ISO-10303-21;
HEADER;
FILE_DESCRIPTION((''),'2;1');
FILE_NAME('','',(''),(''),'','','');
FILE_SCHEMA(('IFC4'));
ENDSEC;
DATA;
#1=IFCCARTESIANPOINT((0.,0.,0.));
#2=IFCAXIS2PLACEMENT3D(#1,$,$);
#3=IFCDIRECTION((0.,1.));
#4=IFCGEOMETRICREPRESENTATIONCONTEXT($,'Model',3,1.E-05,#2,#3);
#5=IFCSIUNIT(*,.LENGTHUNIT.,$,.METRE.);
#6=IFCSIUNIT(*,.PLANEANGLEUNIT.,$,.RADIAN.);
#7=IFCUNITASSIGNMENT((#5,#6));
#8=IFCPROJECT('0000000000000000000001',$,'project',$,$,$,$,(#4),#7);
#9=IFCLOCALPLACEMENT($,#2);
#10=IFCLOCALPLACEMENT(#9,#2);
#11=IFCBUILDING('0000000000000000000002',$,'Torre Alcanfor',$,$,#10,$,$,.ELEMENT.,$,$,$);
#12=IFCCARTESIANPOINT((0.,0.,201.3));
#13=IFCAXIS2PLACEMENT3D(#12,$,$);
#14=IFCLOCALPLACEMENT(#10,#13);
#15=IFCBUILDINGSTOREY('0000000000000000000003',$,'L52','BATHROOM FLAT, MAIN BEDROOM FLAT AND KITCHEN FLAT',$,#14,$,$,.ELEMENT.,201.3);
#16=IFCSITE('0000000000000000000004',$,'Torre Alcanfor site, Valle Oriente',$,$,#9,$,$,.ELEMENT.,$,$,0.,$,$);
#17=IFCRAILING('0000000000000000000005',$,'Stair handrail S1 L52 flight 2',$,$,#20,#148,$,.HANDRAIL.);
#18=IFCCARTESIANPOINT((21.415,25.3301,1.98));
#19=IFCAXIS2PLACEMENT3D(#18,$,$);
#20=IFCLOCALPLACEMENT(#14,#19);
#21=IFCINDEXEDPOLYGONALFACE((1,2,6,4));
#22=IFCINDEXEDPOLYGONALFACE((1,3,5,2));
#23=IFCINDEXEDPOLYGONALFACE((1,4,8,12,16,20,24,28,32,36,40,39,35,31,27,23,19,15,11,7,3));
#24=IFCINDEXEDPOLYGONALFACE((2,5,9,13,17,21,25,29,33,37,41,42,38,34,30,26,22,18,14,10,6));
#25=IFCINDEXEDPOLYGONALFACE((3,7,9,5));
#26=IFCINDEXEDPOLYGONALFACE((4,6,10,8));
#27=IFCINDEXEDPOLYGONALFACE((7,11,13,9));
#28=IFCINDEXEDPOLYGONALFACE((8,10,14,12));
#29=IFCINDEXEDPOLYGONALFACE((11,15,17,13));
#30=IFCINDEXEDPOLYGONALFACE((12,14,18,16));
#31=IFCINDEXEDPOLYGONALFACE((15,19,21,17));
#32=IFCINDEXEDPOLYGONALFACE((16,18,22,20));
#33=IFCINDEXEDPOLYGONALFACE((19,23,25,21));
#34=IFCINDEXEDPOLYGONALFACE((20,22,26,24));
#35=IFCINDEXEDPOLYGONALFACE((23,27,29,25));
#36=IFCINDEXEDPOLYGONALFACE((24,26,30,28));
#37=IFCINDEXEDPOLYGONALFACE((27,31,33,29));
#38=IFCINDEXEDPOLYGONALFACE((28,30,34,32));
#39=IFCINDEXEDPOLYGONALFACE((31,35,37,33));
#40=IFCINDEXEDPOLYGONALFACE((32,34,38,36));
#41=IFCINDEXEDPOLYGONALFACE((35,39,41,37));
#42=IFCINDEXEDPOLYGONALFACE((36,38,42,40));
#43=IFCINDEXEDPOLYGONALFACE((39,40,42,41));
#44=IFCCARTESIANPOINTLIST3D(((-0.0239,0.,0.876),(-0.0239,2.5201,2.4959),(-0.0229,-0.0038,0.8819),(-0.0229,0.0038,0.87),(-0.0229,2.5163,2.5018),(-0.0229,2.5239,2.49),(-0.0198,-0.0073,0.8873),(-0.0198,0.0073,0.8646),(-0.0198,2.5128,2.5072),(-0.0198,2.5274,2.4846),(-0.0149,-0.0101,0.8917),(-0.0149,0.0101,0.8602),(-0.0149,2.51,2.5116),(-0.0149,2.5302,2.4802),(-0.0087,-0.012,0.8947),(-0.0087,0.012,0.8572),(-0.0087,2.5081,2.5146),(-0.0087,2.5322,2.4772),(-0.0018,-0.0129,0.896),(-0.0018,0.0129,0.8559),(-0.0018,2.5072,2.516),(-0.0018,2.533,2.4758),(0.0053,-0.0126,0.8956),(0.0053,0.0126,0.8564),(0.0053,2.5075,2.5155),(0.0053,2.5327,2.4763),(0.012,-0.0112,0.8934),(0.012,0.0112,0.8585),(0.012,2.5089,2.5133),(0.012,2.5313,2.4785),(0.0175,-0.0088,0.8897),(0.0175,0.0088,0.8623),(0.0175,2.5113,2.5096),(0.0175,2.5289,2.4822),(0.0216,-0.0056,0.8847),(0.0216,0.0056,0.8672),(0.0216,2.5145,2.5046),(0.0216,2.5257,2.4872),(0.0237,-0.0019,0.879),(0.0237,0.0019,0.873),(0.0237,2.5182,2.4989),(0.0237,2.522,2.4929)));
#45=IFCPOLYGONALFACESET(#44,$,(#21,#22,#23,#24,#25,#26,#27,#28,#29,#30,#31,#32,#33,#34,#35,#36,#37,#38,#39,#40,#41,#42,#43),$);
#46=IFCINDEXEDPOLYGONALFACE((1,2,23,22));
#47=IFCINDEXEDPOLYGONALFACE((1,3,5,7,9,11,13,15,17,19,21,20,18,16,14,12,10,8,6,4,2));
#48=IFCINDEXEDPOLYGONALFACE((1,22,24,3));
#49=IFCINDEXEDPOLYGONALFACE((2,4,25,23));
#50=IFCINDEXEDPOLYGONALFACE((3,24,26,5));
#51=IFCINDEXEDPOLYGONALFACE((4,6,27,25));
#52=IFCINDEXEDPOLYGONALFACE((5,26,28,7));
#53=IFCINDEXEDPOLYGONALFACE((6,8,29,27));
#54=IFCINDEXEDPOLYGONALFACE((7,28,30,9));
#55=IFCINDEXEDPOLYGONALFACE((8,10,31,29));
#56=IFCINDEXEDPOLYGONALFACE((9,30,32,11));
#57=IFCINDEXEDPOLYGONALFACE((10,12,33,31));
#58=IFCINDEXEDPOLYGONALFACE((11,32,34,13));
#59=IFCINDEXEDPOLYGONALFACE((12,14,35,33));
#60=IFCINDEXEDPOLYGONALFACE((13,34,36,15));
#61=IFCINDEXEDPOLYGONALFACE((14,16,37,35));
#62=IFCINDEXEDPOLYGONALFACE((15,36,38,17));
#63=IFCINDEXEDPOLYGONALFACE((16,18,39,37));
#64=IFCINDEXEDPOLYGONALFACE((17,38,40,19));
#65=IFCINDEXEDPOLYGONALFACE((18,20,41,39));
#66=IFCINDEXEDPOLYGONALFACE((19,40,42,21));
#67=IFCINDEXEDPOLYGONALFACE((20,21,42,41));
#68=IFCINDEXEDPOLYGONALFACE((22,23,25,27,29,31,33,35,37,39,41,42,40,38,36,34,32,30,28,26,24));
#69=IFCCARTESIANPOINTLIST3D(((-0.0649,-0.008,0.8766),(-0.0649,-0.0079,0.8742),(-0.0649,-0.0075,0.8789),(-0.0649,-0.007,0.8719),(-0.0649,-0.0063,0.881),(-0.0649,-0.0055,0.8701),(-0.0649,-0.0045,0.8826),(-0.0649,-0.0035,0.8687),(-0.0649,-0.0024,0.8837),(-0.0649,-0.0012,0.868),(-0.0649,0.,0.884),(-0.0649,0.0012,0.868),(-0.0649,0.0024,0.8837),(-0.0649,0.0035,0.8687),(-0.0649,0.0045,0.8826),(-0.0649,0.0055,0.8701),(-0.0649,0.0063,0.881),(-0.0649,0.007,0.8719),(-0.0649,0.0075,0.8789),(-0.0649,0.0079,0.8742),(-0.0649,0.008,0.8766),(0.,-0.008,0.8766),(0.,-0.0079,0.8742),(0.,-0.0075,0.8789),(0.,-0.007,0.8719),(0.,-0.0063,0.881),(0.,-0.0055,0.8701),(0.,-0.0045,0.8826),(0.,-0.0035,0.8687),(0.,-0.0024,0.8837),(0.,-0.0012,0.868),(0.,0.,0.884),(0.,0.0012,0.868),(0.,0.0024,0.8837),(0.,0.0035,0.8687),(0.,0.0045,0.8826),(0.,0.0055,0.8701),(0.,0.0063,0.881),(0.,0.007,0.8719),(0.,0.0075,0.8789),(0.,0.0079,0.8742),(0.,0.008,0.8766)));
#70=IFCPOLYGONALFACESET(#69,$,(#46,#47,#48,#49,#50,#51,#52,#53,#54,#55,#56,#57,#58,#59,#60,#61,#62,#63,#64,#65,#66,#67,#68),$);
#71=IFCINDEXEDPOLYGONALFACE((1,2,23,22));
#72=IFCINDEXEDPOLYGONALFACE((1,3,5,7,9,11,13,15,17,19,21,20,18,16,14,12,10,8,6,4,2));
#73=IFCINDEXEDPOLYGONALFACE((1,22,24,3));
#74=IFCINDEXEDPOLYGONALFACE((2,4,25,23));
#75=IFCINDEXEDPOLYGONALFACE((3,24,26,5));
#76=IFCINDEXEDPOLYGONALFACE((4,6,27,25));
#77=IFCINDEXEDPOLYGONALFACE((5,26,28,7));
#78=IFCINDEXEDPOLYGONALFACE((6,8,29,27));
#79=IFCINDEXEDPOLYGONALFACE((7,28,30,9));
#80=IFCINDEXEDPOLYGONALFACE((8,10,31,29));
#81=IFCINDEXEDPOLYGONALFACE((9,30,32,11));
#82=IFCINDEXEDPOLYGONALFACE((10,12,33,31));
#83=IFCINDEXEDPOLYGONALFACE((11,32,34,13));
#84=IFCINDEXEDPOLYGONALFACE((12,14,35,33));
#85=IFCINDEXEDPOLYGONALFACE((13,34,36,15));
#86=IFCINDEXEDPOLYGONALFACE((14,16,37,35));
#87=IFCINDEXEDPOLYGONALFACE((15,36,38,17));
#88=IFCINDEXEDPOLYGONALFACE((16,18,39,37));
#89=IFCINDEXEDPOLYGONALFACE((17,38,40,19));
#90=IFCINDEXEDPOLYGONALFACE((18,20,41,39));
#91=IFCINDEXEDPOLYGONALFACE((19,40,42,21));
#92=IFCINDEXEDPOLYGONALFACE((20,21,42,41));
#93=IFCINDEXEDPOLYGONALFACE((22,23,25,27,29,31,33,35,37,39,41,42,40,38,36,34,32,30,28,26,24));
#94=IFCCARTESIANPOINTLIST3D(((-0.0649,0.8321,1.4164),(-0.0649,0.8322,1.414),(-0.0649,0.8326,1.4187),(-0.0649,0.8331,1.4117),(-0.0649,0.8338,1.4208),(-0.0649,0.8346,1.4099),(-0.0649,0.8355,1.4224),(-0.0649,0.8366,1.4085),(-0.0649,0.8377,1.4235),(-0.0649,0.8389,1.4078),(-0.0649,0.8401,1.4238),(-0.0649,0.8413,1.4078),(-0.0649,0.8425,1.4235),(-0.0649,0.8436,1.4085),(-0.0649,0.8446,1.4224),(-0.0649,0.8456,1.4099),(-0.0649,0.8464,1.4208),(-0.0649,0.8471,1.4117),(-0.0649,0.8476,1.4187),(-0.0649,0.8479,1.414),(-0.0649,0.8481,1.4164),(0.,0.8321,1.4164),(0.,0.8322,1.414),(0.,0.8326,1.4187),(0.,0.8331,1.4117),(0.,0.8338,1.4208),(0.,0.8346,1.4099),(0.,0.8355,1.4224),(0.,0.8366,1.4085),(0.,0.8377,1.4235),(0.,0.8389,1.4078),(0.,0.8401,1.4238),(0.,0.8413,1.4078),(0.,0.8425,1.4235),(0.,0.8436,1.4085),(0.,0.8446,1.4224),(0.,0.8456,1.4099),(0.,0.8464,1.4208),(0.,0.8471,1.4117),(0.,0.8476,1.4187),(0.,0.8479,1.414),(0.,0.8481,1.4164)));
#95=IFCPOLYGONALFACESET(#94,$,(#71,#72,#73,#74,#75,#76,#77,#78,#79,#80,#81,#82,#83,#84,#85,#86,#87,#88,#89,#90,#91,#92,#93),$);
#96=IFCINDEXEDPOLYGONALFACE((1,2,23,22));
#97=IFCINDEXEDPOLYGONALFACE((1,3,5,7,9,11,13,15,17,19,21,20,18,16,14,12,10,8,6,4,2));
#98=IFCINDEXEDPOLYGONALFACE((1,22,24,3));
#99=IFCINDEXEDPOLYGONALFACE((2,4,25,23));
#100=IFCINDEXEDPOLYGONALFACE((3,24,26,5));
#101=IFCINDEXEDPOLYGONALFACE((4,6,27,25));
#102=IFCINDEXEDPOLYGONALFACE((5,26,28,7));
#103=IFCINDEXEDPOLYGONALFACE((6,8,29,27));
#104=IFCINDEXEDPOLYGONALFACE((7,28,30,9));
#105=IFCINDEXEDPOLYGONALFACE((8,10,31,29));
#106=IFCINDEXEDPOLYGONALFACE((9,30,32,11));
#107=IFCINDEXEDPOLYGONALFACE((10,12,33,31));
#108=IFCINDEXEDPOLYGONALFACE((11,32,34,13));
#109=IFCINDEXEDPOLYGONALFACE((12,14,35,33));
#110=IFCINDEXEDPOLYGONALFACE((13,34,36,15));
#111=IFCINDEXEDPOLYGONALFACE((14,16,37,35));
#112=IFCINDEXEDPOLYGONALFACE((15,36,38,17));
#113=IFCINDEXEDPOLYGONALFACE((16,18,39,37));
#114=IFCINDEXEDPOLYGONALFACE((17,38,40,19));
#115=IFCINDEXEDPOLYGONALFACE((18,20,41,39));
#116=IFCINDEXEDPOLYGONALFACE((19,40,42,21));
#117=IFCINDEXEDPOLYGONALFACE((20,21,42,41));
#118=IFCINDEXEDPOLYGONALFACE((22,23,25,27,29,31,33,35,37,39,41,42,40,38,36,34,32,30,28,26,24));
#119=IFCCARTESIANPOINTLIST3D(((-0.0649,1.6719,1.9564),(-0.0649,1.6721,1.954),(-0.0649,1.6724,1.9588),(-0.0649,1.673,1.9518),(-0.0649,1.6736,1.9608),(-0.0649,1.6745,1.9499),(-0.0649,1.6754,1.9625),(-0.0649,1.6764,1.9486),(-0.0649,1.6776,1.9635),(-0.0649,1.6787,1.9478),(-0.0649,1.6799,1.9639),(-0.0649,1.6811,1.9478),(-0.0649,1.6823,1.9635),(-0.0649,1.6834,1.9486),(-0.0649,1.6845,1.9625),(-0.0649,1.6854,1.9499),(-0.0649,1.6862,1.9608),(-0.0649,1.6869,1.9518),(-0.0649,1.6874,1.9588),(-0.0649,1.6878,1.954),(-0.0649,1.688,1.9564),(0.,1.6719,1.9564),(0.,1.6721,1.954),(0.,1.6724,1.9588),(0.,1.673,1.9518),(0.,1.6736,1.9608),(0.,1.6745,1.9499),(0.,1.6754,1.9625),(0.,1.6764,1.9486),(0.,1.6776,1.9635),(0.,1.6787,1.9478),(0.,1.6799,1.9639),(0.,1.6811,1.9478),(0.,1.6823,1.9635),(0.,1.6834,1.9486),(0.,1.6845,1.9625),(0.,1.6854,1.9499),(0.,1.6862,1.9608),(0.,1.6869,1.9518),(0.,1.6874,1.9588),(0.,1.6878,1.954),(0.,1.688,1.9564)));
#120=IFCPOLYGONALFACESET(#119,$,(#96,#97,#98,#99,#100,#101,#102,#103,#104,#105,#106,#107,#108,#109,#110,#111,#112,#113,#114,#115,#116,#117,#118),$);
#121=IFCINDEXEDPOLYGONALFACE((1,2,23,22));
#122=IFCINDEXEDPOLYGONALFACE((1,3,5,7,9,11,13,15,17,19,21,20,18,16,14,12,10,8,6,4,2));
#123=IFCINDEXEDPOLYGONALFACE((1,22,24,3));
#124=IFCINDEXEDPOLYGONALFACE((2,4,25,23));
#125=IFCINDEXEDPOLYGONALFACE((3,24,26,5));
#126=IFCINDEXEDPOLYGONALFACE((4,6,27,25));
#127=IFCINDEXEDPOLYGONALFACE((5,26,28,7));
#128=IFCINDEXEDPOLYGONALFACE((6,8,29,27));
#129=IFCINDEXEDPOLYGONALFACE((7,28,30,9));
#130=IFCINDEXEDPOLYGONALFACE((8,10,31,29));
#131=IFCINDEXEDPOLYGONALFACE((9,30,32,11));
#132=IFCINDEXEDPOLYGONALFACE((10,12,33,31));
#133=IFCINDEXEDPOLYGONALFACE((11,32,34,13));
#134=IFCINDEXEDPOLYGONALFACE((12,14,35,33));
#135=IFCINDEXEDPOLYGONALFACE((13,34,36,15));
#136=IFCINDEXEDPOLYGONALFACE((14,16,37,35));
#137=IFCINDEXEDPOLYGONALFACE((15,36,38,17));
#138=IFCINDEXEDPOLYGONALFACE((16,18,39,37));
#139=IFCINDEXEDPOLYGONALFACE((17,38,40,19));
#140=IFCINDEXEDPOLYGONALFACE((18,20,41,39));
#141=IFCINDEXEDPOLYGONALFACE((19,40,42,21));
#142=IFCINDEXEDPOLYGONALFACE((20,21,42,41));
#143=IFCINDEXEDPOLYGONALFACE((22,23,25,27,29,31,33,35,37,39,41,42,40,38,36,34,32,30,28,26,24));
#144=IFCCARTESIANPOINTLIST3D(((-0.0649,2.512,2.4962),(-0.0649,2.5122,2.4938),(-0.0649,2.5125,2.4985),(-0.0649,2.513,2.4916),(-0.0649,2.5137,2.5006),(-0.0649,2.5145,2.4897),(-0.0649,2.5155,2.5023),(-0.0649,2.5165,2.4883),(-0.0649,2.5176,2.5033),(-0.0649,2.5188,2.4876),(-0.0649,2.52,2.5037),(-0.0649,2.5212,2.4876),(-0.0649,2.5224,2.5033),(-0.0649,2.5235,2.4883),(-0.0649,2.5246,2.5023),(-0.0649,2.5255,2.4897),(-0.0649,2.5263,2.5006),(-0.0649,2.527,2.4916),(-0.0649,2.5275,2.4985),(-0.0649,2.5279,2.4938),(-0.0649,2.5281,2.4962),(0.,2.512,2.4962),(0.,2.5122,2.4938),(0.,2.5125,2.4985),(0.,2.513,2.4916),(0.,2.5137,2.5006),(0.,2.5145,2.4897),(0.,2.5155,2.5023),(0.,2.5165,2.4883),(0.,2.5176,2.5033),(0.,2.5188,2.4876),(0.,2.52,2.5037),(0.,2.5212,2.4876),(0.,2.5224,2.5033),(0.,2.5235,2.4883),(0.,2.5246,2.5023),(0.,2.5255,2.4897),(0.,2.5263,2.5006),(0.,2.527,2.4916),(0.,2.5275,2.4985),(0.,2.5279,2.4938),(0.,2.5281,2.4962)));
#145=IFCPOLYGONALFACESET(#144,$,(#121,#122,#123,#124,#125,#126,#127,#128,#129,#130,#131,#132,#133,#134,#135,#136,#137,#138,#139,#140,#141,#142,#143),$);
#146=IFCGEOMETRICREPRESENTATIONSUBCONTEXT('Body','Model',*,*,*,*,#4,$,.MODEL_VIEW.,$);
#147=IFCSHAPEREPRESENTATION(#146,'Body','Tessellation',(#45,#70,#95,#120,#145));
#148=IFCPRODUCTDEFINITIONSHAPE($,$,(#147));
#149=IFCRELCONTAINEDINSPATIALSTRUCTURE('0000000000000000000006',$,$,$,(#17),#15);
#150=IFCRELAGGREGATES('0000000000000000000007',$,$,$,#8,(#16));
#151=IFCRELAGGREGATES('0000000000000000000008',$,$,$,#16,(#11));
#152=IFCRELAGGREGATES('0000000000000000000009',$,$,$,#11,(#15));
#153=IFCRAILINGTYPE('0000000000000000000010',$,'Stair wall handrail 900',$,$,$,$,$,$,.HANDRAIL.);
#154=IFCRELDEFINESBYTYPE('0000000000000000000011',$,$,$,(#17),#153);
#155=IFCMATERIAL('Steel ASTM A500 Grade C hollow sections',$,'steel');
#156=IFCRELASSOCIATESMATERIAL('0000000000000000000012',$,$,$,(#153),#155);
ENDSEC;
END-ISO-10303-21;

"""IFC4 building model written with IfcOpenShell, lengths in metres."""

from ifc_helpers import new_model, si_unit, direction, frame, origin, origin_2d, place, context, subcontext, project, spatial, circle, extrude, material, type_object, element, save


model = new_model("IFC4")

# Units and contexts
model_context = context("Model", 3, precision=1e-05, world=origin(), true_north=direction((0.0, 1.0)))
body_context = subcontext(model_context, "Body", "Model", "MODEL_VIEW")
ifc_project = project(units=[si_unit("LENGTHUNIT", "METRE"), si_unit("PLANEANGLEUNIT", "RADIAN")], contexts=[model_context])

# Site, building, storey
site_placement = place(None, origin())
site = spatial("IfcSite", under=ifc_project, at=site_placement, Name="Torre Alcanfor site, Valle Oriente", CompositionType="ELEMENT", RefElevation=0.0)
building_placement = place(site_placement, origin())
building = spatial("IfcBuilding", under=site, at=building_placement, Name="Torre Alcanfor", CompositionType="ELEMENT")
storey_placement = place(building_placement, frame((0.0, 0.0, 201.3)))
storey = spatial("IfcBuildingStorey", under=building, at=storey_placement, Name="L52", Description="BATHROOM FLAT, MAIN BEDROOM FLAT AND KITCHEN FLAT", CompositionType="ELEMENT", Elevation=201.3)

# Railing
ifc_material_1 = material(Name="Steel ASTM A500 Grade C hollow sections", Category="steel")
railing_type_1 = type_object("IfcRailingType", Name="Stair wall handrail 900", PredefinedType="HANDRAIL", material=ifc_material_1)
railing_1_placement = place(storey_placement, frame((21.415, 25.3301, 1.98)))
element("IfcRailing", 1, at=railing_1_placement, inside=storey, type_object=railing_type_1, Name="Stair handrail S1 L52 flight 2", PredefinedType="HANDRAIL", context=body_context, shape_type="SweptSolid", body=[
    extrude(circle(Radius=0.0239, at=origin_2d()), frame((0.0, 0.0, 0.876), z_axis=(0.0, 0.8412, 0.540725), x_axis=(-1.0, 0.0, 0.0)), (0.0, 0.0, 1.0), 2.9958),
    extrude(circle(Radius=0.0081, at=origin_2d()), frame((0.0, 0.0, 0.876), z_axis=(-1.0, 0.0, 0.0), x_axis=(0.0, 0.0, 1.0)), (0.0, 0.0, 1.0), 0.0649),
    extrude(circle(Radius=0.0081, at=origin_2d()), frame((0.0, 0.8401, 1.4158), z_axis=(-1.0, 0.0, 0.0), x_axis=(0.0, 0.0, 1.0)), (0.0, 0.0, 1.0), 0.0649),
    extrude(circle(Radius=0.0081, at=origin_2d()), frame((0.0, 1.6799, 1.9558), z_axis=(-1.0, 0.0, 0.0), x_axis=(0.0, 0.0, 1.0)), (0.0, 0.0, 1.0), 0.0649),
    extrude(circle(Radius=0.0081, at=origin_2d()), frame((0.0, 2.52, 2.4956), z_axis=(-1.0, 0.0, 0.0), x_axis=(0.0, 0.0, 1.0)), (0.0, 0.0, 1.0), 0.0649),
])

save(model, "model.ifc")
